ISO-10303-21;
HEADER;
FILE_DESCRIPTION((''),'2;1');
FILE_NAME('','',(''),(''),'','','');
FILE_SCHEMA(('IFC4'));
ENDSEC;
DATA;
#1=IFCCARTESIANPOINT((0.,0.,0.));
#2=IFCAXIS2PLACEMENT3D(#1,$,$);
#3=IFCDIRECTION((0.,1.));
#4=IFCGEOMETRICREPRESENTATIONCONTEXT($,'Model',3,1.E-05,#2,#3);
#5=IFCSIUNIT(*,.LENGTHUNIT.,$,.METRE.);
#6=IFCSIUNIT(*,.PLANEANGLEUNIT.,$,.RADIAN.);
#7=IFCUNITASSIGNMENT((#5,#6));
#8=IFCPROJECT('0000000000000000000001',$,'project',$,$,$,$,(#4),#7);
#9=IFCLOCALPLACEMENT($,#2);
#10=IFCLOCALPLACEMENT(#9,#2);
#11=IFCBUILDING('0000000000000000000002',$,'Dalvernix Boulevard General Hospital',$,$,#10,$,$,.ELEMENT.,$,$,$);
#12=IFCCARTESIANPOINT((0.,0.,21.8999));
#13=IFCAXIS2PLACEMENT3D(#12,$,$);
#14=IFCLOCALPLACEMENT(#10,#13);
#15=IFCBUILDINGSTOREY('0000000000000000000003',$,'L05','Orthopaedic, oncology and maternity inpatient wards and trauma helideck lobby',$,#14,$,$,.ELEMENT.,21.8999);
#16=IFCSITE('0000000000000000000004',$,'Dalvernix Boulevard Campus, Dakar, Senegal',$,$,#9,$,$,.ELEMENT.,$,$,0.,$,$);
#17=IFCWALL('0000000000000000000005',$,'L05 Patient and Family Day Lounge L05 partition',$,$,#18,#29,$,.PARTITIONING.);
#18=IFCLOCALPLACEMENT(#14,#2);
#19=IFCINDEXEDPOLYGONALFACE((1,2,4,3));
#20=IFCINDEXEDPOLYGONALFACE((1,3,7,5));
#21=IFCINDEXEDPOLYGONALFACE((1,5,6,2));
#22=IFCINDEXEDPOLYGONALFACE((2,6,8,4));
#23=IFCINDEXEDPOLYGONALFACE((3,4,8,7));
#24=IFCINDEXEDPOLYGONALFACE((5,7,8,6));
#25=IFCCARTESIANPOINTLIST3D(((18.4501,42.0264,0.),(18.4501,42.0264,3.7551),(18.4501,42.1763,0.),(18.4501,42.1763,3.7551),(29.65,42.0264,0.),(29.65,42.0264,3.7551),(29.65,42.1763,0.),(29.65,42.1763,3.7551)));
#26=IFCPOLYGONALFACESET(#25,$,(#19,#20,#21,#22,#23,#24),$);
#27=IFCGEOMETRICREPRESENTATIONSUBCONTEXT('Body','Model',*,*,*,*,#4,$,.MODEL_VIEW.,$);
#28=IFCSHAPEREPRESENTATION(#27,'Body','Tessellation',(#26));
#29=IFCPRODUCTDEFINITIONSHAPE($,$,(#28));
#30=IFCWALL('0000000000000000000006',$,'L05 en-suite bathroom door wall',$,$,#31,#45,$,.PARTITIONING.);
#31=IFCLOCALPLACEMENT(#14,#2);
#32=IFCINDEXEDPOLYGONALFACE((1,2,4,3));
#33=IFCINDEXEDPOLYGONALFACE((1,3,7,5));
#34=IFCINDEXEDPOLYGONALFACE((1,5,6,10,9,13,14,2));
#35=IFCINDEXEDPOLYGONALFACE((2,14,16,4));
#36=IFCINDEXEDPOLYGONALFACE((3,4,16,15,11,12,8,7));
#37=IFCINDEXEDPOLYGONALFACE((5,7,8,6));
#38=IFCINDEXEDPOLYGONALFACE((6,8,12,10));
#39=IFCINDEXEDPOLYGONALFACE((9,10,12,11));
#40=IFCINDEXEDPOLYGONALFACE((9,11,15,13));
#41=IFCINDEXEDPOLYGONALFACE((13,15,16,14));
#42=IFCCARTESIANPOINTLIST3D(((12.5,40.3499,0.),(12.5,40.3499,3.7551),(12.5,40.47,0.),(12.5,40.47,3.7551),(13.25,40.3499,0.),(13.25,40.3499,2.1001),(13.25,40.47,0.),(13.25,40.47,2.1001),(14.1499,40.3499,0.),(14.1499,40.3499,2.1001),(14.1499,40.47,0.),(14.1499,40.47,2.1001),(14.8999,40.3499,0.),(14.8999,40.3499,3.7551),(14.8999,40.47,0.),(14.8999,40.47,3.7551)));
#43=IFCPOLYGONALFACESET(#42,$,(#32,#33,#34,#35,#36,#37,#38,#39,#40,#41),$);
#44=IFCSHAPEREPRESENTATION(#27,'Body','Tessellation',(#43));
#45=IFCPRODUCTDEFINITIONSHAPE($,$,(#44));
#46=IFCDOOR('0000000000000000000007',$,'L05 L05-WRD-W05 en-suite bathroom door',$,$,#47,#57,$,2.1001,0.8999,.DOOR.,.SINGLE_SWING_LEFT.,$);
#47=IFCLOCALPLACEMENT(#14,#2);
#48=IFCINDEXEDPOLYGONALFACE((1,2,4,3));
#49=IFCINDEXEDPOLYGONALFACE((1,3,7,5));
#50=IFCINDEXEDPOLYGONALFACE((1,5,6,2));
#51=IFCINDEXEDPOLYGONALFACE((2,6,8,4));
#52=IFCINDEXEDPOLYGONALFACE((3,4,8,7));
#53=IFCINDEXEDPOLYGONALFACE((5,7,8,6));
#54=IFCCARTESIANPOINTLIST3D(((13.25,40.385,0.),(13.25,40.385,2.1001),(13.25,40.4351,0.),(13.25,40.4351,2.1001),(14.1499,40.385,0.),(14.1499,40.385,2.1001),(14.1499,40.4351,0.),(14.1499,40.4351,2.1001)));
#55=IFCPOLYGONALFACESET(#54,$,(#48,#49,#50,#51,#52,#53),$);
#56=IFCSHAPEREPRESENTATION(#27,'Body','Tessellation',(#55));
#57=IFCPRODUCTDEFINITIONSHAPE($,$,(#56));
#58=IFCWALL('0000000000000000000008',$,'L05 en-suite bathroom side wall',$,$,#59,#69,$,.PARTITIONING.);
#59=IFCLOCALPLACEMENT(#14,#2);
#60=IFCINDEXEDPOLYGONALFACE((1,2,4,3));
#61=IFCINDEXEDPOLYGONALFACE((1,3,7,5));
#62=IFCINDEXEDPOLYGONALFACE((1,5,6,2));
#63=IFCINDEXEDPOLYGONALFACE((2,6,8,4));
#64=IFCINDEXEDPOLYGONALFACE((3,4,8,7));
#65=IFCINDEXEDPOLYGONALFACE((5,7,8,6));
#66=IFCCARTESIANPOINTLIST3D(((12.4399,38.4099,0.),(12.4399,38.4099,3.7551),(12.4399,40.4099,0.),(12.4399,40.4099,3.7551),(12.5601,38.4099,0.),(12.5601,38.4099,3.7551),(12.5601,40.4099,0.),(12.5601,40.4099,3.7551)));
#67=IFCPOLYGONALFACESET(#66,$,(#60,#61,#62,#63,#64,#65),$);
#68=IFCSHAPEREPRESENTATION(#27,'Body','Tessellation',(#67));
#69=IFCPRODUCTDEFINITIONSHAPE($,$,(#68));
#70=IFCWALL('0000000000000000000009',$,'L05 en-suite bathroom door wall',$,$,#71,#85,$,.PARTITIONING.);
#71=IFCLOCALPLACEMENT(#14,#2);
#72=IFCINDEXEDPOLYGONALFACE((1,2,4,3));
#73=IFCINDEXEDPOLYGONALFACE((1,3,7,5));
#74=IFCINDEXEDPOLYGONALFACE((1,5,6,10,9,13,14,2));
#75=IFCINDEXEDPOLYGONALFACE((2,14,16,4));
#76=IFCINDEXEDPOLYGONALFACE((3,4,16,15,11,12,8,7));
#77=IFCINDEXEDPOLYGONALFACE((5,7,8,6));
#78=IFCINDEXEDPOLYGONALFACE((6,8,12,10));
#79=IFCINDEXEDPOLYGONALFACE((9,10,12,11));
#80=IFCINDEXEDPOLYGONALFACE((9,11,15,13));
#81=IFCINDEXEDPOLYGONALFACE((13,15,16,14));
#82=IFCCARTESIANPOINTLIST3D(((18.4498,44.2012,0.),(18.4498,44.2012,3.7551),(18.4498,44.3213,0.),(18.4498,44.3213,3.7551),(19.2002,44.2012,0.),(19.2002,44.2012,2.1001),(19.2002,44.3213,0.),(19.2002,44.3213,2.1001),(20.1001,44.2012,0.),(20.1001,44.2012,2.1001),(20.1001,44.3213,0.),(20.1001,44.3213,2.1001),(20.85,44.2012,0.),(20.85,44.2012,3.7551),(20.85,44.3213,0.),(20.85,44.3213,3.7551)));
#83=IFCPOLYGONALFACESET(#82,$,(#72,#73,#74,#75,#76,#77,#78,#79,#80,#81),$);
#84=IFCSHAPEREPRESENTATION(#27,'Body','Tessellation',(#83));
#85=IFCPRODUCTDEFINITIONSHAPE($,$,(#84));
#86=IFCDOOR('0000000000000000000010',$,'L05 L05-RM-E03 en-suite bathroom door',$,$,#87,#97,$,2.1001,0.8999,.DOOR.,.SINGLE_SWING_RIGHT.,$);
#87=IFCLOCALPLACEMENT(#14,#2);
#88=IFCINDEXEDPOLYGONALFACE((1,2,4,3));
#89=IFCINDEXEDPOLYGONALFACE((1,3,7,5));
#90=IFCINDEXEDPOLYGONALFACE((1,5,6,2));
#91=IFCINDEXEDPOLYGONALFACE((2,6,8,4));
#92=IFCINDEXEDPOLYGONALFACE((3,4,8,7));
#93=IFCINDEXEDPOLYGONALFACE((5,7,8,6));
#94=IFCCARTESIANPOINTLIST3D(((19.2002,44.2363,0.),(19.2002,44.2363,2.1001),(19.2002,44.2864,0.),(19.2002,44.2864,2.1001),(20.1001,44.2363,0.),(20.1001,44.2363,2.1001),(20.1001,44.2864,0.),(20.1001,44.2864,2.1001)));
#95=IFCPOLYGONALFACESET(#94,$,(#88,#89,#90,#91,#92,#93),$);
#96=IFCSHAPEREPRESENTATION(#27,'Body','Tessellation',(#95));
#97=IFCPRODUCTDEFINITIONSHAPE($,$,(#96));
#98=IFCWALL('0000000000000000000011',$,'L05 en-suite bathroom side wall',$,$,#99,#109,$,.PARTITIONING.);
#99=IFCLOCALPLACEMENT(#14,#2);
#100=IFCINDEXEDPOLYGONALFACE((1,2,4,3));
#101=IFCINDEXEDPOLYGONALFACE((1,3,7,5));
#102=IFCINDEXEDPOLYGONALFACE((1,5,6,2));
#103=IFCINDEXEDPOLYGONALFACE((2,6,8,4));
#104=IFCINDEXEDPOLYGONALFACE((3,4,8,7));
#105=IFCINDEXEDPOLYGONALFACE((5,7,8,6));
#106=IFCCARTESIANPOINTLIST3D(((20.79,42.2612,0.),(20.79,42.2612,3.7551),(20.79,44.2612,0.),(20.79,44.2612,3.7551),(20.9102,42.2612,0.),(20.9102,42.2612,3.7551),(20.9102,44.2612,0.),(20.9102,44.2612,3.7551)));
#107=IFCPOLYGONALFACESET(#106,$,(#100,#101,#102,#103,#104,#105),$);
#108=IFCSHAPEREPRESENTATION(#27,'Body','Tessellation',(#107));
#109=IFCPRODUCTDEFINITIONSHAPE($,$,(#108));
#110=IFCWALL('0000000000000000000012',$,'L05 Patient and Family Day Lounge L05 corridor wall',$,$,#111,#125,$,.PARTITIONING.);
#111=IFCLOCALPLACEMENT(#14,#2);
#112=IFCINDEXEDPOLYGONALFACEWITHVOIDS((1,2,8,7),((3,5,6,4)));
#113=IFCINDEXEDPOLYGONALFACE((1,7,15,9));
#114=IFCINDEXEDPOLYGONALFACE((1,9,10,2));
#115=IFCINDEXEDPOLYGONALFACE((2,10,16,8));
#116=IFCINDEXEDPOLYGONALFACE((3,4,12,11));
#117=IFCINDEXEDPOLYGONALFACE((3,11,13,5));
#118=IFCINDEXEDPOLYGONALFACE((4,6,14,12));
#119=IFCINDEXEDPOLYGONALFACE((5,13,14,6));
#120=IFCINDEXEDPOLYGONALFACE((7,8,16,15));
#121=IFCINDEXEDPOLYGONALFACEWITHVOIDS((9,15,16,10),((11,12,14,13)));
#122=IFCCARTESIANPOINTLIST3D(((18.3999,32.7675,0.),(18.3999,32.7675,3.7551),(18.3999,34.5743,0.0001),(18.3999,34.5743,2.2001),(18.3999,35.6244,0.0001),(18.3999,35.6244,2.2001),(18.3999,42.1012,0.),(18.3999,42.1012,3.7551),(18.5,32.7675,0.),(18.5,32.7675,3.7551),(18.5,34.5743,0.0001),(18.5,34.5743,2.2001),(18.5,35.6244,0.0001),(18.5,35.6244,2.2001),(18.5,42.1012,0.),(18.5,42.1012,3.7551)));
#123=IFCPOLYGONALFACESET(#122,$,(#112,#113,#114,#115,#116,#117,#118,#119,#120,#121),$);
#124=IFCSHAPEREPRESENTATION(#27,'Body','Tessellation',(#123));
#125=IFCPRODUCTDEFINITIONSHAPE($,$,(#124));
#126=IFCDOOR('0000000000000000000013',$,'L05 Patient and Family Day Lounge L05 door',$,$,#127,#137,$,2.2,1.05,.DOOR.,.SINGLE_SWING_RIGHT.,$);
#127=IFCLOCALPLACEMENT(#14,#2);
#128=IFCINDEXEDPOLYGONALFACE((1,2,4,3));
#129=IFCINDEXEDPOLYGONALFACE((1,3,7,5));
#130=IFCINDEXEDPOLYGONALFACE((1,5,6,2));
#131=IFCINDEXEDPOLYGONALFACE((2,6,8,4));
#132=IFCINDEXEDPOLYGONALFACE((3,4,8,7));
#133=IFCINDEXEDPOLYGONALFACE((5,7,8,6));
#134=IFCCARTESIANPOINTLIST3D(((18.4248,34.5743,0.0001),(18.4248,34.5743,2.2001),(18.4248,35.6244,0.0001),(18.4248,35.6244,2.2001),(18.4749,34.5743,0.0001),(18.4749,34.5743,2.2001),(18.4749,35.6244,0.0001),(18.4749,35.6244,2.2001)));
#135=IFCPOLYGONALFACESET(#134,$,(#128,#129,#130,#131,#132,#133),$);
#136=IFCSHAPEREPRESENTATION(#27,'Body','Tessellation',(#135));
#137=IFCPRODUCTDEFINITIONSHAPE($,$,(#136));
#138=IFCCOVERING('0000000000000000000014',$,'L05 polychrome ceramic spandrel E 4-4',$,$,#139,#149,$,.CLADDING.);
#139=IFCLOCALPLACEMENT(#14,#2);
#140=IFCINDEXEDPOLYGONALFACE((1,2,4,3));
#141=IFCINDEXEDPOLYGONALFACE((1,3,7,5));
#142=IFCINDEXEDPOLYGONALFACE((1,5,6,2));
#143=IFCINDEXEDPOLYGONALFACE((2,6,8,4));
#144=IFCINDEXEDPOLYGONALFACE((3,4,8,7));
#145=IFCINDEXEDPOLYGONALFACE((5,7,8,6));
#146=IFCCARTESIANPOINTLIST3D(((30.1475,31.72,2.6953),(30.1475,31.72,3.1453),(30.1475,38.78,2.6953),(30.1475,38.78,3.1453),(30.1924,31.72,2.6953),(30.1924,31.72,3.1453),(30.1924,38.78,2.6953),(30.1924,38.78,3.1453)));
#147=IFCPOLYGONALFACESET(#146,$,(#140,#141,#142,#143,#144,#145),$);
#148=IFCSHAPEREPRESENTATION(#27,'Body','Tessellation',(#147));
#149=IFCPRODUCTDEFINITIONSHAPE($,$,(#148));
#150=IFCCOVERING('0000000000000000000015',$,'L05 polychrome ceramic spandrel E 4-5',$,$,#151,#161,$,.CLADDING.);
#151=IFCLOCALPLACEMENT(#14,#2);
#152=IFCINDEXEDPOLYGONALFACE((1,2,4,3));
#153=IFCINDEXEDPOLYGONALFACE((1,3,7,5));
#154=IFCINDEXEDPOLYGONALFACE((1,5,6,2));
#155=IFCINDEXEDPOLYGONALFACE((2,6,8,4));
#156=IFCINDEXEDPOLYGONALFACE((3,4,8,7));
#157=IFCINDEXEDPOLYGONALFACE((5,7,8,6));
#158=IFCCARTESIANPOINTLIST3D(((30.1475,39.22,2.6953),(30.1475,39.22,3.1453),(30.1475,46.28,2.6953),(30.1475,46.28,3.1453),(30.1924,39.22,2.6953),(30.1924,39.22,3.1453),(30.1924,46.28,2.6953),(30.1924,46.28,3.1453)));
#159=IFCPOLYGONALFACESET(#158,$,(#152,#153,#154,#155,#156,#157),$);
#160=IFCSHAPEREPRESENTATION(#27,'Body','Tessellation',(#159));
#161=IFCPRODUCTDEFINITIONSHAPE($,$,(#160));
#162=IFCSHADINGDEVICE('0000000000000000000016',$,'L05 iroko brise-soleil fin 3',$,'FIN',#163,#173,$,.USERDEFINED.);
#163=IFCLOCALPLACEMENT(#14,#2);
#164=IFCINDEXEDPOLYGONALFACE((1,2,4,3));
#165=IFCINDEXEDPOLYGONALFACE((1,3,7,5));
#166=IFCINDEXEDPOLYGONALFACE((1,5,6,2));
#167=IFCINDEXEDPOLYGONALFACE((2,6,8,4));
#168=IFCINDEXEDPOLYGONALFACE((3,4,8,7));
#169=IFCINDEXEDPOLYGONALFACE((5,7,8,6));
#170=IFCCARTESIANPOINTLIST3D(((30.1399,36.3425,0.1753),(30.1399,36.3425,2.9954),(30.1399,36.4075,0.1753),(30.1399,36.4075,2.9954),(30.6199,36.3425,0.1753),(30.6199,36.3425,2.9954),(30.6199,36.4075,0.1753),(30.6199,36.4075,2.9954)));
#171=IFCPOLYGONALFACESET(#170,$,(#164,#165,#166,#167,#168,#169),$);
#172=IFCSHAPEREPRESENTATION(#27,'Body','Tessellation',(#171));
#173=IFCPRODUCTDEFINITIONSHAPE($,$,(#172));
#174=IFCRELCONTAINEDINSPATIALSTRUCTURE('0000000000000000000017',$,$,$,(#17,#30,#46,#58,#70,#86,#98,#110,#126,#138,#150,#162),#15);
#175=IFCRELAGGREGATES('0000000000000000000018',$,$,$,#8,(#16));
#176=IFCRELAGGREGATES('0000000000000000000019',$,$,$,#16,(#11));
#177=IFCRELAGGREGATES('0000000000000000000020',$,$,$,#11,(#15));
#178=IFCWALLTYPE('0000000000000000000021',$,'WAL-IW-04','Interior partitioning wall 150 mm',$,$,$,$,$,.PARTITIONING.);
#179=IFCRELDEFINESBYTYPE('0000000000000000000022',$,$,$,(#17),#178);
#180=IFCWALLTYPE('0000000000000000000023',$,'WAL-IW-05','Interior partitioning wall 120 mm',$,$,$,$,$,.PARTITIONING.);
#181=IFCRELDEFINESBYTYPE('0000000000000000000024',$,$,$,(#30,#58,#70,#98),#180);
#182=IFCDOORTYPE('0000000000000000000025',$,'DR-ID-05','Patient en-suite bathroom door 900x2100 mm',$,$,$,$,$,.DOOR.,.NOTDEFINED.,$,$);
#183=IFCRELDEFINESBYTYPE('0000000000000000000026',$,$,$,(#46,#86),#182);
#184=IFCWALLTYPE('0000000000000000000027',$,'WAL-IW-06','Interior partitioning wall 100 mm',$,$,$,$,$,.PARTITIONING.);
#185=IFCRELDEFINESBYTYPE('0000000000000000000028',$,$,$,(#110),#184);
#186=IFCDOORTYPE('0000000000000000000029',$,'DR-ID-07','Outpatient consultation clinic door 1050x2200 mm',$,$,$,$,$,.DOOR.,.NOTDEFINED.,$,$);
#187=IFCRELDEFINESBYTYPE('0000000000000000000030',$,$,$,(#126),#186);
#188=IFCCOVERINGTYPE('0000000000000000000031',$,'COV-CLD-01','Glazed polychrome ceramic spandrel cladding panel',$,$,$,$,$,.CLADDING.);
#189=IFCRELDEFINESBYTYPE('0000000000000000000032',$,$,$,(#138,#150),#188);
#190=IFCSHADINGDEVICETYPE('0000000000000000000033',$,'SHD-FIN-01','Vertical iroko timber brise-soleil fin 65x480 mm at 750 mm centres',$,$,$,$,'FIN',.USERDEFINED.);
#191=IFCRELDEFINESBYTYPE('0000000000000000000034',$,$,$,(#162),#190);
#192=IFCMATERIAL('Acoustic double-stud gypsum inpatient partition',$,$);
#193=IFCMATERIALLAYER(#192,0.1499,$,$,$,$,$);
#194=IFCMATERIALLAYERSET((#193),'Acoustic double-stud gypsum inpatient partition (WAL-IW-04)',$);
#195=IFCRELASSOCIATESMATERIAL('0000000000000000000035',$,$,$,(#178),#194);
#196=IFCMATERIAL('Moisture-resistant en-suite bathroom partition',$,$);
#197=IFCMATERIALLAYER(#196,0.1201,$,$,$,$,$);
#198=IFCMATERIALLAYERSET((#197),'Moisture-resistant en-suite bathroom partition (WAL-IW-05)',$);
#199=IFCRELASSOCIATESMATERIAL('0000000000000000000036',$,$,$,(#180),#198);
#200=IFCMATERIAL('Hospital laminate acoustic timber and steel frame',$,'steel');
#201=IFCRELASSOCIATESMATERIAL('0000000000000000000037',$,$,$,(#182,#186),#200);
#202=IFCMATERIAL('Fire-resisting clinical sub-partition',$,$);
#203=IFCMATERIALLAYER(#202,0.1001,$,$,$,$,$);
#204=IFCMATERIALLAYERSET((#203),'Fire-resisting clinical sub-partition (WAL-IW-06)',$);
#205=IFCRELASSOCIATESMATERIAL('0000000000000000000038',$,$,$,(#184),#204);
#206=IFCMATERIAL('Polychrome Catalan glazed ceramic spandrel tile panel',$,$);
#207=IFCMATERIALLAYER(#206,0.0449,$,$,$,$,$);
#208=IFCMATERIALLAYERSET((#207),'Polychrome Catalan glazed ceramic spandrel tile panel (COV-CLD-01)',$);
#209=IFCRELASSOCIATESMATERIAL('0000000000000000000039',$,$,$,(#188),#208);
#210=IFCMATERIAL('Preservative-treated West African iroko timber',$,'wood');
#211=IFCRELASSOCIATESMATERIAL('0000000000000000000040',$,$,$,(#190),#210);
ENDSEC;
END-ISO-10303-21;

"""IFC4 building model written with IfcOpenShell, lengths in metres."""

from ifc_helpers import new_model, si_unit, direction, frame, frame_2d, origin, origin_2d, place, context, subcontext, project, spatial, rectangle, extrude, material, layer, layer_set, type_object, element, fill, save


model = new_model("IFC4")

# Units and contexts
model_context = context("Model", 3, precision=1e-05, world=origin(), true_north=direction((0.0, 1.0)))
body_context = subcontext(model_context, "Body", "Model", "MODEL_VIEW")
ifc_project = project(units=[si_unit("LENGTHUNIT", "METRE"), si_unit("PLANEANGLEUNIT", "RADIAN")], contexts=[model_context])

# Site, building, storey
site_placement = place(None, origin())
site = spatial("IfcSite", under=ifc_project, at=site_placement, Name="Dalvernix Boulevard Campus, Dakar, Senegal", CompositionType="ELEMENT", RefElevation=0.0)
building_placement = place(site_placement, origin())
building = spatial("IfcBuilding", under=site, at=building_placement, Name="Dalvernix Boulevard General Hospital", CompositionType="ELEMENT")
storey_placement = place(building_placement, frame((0.0, 0.0, 21.8999)))
storey = spatial("IfcBuildingStorey", under=building, at=storey_placement, Name="L05", Description="Orthopaedic, oncology and maternity inpatient wards and trauma helideck lobby", CompositionType="ELEMENT", Elevation=21.8999)

# Shared definitions
ifc_material_1 = material(Name="Acoustic double-stud gypsum inpatient partition")
ifc_layer_1 = layer(ifc_material_1, 0.1499)
ifc_layer_set_1 = layer_set([ifc_layer_1], Name="Acoustic double-stud gypsum inpatient partition (WAL-IW-04)")
wall_type_1 = type_object("IfcWallType", Name="WAL-IW-04", Description="Interior partitioning wall 150 mm", PredefinedType="PARTITIONING", material=ifc_layer_set_1)
ifc_material_2 = material(Name="Hospital laminate acoustic timber and steel frame", Category="steel")

# Wall
wall_1_placement = place(storey_placement, frame((18.45, 42.1013, 0.0), z_axis=(0.0, 0.0, 1.0), x_axis=(1.0, 0.0, 0.0)))
element("IfcWall", 1, at=wall_1_placement, inside=storey, type_object=wall_type_1, Name="L05 Patient and Family Day Lounge L05 partition", PredefinedType="PARTITIONING", context=body_context, shape_type="SweptSolid", body=[
    extrude(rectangle(XDim=11.2, YDim=0.1499, at=frame_2d((5.6001, 0.0))), origin(), (0.0, 0.0, 1.0), 3.7551),
])

# Wall, opening, door
ifc_material_3 = material(Name="Moisture-resistant en-suite bathroom partition")
ifc_layer_2 = layer(ifc_material_3, 0.1201)
ifc_layer_set_2 = layer_set([ifc_layer_2], Name="Moisture-resistant en-suite bathroom partition (WAL-IW-05)")
wall_type_2 = type_object("IfcWallType", Name="WAL-IW-05", Description="Interior partitioning wall 120 mm", PredefinedType="PARTITIONING", material=ifc_layer_set_2)
wall_2_placement = place(storey_placement, frame((14.8999, 40.4099, 0.0), z_axis=(0.0, 0.0, 1.0), x_axis=(-1.0, 0.0, 0.0)))
wall_2 = element("IfcWall", 2, at=wall_2_placement, inside=storey, type_object=wall_type_2, Name="L05 en-suite bathroom door wall", PredefinedType="PARTITIONING", context=body_context, shape_type="SweptSolid", body=[
    extrude(rectangle(XDim=2.3999, YDim=0.1201, at=frame_2d((1.2, 0.0))), origin(), (0.0, 0.0, 1.0), 3.7551),
])
opening_1_placement = place(wall_2_placement, frame((0.75, 0.0, 0.0)))
opening_1 = element("IfcOpeningElement", 3, at=opening_1_placement, cuts=wall_2, PredefinedType="OPENING", context=body_context, shape_type="SweptSolid", body=[
    extrude(rectangle(XDim=0.8999, YDim=2.1001, at=frame_2d((0.45, 1.05))), frame((0.0, 0.0701, 0.0), z_axis=(0.0, -1.0, 0.0), x_axis=(1.0, 0.0, 0.0)), (0.0, 0.0, 1.0), 0.1401),
])
door_type_1 = type_object("IfcDoorType", Name="DR-ID-05", Description="Patient en-suite bathroom door 900x2100 mm", OperationType="NOTDEFINED", PredefinedType="DOOR", material=ifc_material_2)
door_1_placement = place(opening_1_placement, origin())
door_1 = element("IfcDoor", 4, at=door_1_placement, inside=storey, type_object=door_type_1, Name="L05 L05-WRD-W05 en-suite bathroom door", OperationType="SINGLE_SWING_LEFT", OverallHeight=2.1001, OverallWidth=0.8999, PredefinedType="DOOR", context=body_context, shape_type="SweptSolid", body=[
    extrude(rectangle(XDim=0.8999, YDim=2.1001, at=frame_2d((0.45, 1.05))), frame((0.0, 0.0249, 0.0), z_axis=(0.0, -1.0, 0.0), x_axis=(1.0, 0.0, 0.0)), (0.0, 0.0, 1.0), 0.05),
])
fill(opening_1, door_1)

# Wall
wall_3_placement = place(storey_placement, frame((12.5, 38.4099, 0.0), z_axis=(0.0, 0.0, 1.0), x_axis=(0.0, 1.0, 0.0)))
element("IfcWall", 5, at=wall_3_placement, inside=storey, type_object=wall_type_2, Name="L05 en-suite bathroom side wall", PredefinedType="PARTITIONING", context=body_context, shape_type="SweptSolid", body=[
    extrude(rectangle(XDim=2.0, YDim=0.1201, at=frame_2d((1.0, 0.0))), origin(), (0.0, 0.0, 1.0), 3.7551),
])

# Wall, opening, door
wall_4_placement = place(storey_placement, frame((20.8501, 44.2612, 0.0), z_axis=(0.0, 0.0, 1.0), x_axis=(-1.0, 0.0, 0.0)))
wall_4 = element("IfcWall", 6, at=wall_4_placement, inside=storey, type_object=wall_type_2, Name="L05 en-suite bathroom door wall", PredefinedType="PARTITIONING", context=body_context, shape_type="SweptSolid", body=[
    extrude(rectangle(XDim=2.4001, YDim=0.1201, at=frame_2d((1.2002, 0.0))), origin(), (0.0, 0.0, 1.0), 3.7551),
])
opening_2_placement = place(wall_4_placement, frame((0.75, 0.0, 0.0)))
opening_2 = element("IfcOpeningElement", 7, at=opening_2_placement, cuts=wall_4, PredefinedType="OPENING", context=body_context, shape_type="SweptSolid", body=[
    extrude(rectangle(XDim=0.8999, YDim=2.1001, at=frame_2d((0.45, 1.05))), frame((0.0, 0.0701, 0.0), z_axis=(0.0, -1.0, 0.0), x_axis=(1.0, 0.0, 0.0)), (0.0, 0.0, 1.0), 0.1401),
])
door_2_placement = place(opening_2_placement, origin())
door_2 = element("IfcDoor", 8, at=door_2_placement, inside=storey, type_object=door_type_1, Name="L05 L05-RM-E03 en-suite bathroom door", OperationType="SINGLE_SWING_RIGHT", OverallHeight=2.1001, OverallWidth=0.8999, PredefinedType="DOOR", context=body_context, shape_type="SweptSolid", body=[
    extrude(rectangle(XDim=0.8999, YDim=2.1001, at=frame_2d((0.45, 1.05))), frame((0.0, 0.0249, 0.0), z_axis=(0.0, -1.0, 0.0), x_axis=(1.0, 0.0, 0.0)), (0.0, 0.0, 1.0), 0.05),
])
fill(opening_2, door_2)

# Wall
wall_5_placement = place(storey_placement, frame((20.8501, 42.2612, 0.0), z_axis=(0.0, 0.0, 1.0), x_axis=(0.0, 1.0, 0.0)))
element("IfcWall", 9, at=wall_5_placement, inside=storey, type_object=wall_type_2, Name="L05 en-suite bathroom side wall", PredefinedType="PARTITIONING", context=body_context, shape_type="SweptSolid", body=[
    extrude(rectangle(XDim=2.0, YDim=0.1201, at=frame_2d((1.0, 0.0))), origin(), (0.0, 0.0, 1.0), 3.7551),
])

# Wall, opening, door
ifc_material_4 = material(Name="Fire-resisting clinical sub-partition")
ifc_layer_3 = layer(ifc_material_4, 0.1001)
ifc_layer_set_3 = layer_set([ifc_layer_3], Name="Fire-resisting clinical sub-partition (WAL-IW-06)")
wall_type_3 = type_object("IfcWallType", Name="WAL-IW-06", Description="Interior partitioning wall 100 mm", PredefinedType="PARTITIONING", material=ifc_layer_set_3)
wall_6_placement = place(storey_placement, frame((18.45, 42.1013, 0.0), z_axis=(0.0, 0.0, 1.0), x_axis=(0.0, -1.0, 0.0)))
wall_6 = element("IfcWall", 10, at=wall_6_placement, inside=storey, type_object=wall_type_3, Name="L05 Patient and Family Day Lounge L05 corridor wall", PredefinedType="PARTITIONING", context=body_context, shape_type="SweptSolid", body=[
    extrude(rectangle(XDim=9.3337, YDim=0.1001, at=frame_2d((4.667, 0.0))), origin(), (0.0, 0.0, 1.0), 3.7551),
])
opening_3_placement = place(wall_6_placement, frame((6.4771, 0.0, 0.0)))
opening_3 = element("IfcOpeningElement", 11, at=opening_3_placement, cuts=wall_6, PredefinedType="OPENING", context=body_context, shape_type="SweptSolid", body=[
    extrude(rectangle(XDim=1.05, YDim=2.2, at=frame_2d((0.5249, 1.1001))), frame((0.0, 0.0601, 0.0), z_axis=(0.0, -1.0, 0.0), x_axis=(1.0, 0.0, 0.0)), (0.0, 0.0, 1.0), 0.1201),
])
door_type_2 = type_object("IfcDoorType", Name="DR-ID-07", Description="Outpatient consultation clinic door 1050x2200 mm", OperationType="NOTDEFINED", PredefinedType="DOOR", material=ifc_material_2)
door_3_placement = place(opening_3_placement, origin())
door_3 = element("IfcDoor", 12, at=door_3_placement, inside=storey, type_object=door_type_2, Name="L05 Patient and Family Day Lounge L05 door", OperationType="SINGLE_SWING_RIGHT", OverallHeight=2.2, OverallWidth=1.05, PredefinedType="DOOR", context=body_context, shape_type="SweptSolid", body=[
    extrude(rectangle(XDim=1.05, YDim=2.2, at=frame_2d((0.5249, 1.1001))), frame((0.0, 0.0249, 0.0), z_axis=(0.0, -1.0, 0.0), x_axis=(1.0, 0.0, 0.0)), (0.0, 0.0, 1.0), 0.05),
])
fill(opening_3, door_3)

# Coverings
ifc_material_5 = material(Name="Polychrome Catalan glazed ceramic spandrel tile panel")
ifc_layer_4 = layer(ifc_material_5, 0.0449)
ifc_layer_set_4 = layer_set([ifc_layer_4], Name="Polychrome Catalan glazed ceramic spandrel tile panel (COV-CLD-01)")
covering_type = type_object("IfcCoveringType", Name="COV-CLD-01", Description="Glazed polychrome ceramic spandrel cladding panel", PredefinedType="CLADDING", material=ifc_layer_set_4)
for number, where, z_axis, x_axis, name in (
    (13, (30.1699, 35.25, 2.6953), (0.0, 0.0, 1.0), (0.0, -1.0, 0.0), "L05 polychrome ceramic spandrel E 4-4"),
    (14, (30.1699, 42.75, 2.6953), (0.0, 0.0, 1.0), (0.0, -1.0, 0.0), "L05 polychrome ceramic spandrel E 4-5"),
):
    element("IfcCovering", number, at=place(storey_placement, frame(where, z_axis=z_axis, x_axis=x_axis)), inside=storey, type_object=covering_type, Name=name, PredefinedType="CLADDING", context=body_context, shape_type="SweptSolid", body=[
        extrude(rectangle(XDim=7.0601, YDim=0.0449, at=origin_2d()), origin(), (0.0, 0.0, 1.0), 0.45),
    ])

# Shading device
ifc_material_6 = material(Name="Preservative-treated West African iroko timber", Category="wood")
shading_device_type = type_object("IfcShadingDeviceType", Name="SHD-FIN-01", Description="Vertical iroko timber brise-soleil fin 65x480 mm at 750 mm centres", ElementType="FIN", PredefinedType="USERDEFINED", material=ifc_material_6)
for number, where, z_axis, x_axis, name in (
    (15, (30.3799, 36.375, 0.1753), (0.0, 0.0, 1.0), (0.0, -1.0, 0.0), "L05 iroko brise-soleil fin 3"),
):
    element("IfcShadingDevice", number, at=place(storey_placement, frame(where, z_axis=z_axis, x_axis=x_axis)), inside=storey, type_object=shading_device_type, Name=name, ObjectType="FIN", PredefinedType="USERDEFINED", context=body_context, shape_type="SweptSolid", body=[
        extrude(rectangle(XDim=0.0649, YDim=0.48, at=origin_2d()), origin(), (0.0, 0.0, 1.0), 2.8201),
    ])

save(model, "model.ifc")
